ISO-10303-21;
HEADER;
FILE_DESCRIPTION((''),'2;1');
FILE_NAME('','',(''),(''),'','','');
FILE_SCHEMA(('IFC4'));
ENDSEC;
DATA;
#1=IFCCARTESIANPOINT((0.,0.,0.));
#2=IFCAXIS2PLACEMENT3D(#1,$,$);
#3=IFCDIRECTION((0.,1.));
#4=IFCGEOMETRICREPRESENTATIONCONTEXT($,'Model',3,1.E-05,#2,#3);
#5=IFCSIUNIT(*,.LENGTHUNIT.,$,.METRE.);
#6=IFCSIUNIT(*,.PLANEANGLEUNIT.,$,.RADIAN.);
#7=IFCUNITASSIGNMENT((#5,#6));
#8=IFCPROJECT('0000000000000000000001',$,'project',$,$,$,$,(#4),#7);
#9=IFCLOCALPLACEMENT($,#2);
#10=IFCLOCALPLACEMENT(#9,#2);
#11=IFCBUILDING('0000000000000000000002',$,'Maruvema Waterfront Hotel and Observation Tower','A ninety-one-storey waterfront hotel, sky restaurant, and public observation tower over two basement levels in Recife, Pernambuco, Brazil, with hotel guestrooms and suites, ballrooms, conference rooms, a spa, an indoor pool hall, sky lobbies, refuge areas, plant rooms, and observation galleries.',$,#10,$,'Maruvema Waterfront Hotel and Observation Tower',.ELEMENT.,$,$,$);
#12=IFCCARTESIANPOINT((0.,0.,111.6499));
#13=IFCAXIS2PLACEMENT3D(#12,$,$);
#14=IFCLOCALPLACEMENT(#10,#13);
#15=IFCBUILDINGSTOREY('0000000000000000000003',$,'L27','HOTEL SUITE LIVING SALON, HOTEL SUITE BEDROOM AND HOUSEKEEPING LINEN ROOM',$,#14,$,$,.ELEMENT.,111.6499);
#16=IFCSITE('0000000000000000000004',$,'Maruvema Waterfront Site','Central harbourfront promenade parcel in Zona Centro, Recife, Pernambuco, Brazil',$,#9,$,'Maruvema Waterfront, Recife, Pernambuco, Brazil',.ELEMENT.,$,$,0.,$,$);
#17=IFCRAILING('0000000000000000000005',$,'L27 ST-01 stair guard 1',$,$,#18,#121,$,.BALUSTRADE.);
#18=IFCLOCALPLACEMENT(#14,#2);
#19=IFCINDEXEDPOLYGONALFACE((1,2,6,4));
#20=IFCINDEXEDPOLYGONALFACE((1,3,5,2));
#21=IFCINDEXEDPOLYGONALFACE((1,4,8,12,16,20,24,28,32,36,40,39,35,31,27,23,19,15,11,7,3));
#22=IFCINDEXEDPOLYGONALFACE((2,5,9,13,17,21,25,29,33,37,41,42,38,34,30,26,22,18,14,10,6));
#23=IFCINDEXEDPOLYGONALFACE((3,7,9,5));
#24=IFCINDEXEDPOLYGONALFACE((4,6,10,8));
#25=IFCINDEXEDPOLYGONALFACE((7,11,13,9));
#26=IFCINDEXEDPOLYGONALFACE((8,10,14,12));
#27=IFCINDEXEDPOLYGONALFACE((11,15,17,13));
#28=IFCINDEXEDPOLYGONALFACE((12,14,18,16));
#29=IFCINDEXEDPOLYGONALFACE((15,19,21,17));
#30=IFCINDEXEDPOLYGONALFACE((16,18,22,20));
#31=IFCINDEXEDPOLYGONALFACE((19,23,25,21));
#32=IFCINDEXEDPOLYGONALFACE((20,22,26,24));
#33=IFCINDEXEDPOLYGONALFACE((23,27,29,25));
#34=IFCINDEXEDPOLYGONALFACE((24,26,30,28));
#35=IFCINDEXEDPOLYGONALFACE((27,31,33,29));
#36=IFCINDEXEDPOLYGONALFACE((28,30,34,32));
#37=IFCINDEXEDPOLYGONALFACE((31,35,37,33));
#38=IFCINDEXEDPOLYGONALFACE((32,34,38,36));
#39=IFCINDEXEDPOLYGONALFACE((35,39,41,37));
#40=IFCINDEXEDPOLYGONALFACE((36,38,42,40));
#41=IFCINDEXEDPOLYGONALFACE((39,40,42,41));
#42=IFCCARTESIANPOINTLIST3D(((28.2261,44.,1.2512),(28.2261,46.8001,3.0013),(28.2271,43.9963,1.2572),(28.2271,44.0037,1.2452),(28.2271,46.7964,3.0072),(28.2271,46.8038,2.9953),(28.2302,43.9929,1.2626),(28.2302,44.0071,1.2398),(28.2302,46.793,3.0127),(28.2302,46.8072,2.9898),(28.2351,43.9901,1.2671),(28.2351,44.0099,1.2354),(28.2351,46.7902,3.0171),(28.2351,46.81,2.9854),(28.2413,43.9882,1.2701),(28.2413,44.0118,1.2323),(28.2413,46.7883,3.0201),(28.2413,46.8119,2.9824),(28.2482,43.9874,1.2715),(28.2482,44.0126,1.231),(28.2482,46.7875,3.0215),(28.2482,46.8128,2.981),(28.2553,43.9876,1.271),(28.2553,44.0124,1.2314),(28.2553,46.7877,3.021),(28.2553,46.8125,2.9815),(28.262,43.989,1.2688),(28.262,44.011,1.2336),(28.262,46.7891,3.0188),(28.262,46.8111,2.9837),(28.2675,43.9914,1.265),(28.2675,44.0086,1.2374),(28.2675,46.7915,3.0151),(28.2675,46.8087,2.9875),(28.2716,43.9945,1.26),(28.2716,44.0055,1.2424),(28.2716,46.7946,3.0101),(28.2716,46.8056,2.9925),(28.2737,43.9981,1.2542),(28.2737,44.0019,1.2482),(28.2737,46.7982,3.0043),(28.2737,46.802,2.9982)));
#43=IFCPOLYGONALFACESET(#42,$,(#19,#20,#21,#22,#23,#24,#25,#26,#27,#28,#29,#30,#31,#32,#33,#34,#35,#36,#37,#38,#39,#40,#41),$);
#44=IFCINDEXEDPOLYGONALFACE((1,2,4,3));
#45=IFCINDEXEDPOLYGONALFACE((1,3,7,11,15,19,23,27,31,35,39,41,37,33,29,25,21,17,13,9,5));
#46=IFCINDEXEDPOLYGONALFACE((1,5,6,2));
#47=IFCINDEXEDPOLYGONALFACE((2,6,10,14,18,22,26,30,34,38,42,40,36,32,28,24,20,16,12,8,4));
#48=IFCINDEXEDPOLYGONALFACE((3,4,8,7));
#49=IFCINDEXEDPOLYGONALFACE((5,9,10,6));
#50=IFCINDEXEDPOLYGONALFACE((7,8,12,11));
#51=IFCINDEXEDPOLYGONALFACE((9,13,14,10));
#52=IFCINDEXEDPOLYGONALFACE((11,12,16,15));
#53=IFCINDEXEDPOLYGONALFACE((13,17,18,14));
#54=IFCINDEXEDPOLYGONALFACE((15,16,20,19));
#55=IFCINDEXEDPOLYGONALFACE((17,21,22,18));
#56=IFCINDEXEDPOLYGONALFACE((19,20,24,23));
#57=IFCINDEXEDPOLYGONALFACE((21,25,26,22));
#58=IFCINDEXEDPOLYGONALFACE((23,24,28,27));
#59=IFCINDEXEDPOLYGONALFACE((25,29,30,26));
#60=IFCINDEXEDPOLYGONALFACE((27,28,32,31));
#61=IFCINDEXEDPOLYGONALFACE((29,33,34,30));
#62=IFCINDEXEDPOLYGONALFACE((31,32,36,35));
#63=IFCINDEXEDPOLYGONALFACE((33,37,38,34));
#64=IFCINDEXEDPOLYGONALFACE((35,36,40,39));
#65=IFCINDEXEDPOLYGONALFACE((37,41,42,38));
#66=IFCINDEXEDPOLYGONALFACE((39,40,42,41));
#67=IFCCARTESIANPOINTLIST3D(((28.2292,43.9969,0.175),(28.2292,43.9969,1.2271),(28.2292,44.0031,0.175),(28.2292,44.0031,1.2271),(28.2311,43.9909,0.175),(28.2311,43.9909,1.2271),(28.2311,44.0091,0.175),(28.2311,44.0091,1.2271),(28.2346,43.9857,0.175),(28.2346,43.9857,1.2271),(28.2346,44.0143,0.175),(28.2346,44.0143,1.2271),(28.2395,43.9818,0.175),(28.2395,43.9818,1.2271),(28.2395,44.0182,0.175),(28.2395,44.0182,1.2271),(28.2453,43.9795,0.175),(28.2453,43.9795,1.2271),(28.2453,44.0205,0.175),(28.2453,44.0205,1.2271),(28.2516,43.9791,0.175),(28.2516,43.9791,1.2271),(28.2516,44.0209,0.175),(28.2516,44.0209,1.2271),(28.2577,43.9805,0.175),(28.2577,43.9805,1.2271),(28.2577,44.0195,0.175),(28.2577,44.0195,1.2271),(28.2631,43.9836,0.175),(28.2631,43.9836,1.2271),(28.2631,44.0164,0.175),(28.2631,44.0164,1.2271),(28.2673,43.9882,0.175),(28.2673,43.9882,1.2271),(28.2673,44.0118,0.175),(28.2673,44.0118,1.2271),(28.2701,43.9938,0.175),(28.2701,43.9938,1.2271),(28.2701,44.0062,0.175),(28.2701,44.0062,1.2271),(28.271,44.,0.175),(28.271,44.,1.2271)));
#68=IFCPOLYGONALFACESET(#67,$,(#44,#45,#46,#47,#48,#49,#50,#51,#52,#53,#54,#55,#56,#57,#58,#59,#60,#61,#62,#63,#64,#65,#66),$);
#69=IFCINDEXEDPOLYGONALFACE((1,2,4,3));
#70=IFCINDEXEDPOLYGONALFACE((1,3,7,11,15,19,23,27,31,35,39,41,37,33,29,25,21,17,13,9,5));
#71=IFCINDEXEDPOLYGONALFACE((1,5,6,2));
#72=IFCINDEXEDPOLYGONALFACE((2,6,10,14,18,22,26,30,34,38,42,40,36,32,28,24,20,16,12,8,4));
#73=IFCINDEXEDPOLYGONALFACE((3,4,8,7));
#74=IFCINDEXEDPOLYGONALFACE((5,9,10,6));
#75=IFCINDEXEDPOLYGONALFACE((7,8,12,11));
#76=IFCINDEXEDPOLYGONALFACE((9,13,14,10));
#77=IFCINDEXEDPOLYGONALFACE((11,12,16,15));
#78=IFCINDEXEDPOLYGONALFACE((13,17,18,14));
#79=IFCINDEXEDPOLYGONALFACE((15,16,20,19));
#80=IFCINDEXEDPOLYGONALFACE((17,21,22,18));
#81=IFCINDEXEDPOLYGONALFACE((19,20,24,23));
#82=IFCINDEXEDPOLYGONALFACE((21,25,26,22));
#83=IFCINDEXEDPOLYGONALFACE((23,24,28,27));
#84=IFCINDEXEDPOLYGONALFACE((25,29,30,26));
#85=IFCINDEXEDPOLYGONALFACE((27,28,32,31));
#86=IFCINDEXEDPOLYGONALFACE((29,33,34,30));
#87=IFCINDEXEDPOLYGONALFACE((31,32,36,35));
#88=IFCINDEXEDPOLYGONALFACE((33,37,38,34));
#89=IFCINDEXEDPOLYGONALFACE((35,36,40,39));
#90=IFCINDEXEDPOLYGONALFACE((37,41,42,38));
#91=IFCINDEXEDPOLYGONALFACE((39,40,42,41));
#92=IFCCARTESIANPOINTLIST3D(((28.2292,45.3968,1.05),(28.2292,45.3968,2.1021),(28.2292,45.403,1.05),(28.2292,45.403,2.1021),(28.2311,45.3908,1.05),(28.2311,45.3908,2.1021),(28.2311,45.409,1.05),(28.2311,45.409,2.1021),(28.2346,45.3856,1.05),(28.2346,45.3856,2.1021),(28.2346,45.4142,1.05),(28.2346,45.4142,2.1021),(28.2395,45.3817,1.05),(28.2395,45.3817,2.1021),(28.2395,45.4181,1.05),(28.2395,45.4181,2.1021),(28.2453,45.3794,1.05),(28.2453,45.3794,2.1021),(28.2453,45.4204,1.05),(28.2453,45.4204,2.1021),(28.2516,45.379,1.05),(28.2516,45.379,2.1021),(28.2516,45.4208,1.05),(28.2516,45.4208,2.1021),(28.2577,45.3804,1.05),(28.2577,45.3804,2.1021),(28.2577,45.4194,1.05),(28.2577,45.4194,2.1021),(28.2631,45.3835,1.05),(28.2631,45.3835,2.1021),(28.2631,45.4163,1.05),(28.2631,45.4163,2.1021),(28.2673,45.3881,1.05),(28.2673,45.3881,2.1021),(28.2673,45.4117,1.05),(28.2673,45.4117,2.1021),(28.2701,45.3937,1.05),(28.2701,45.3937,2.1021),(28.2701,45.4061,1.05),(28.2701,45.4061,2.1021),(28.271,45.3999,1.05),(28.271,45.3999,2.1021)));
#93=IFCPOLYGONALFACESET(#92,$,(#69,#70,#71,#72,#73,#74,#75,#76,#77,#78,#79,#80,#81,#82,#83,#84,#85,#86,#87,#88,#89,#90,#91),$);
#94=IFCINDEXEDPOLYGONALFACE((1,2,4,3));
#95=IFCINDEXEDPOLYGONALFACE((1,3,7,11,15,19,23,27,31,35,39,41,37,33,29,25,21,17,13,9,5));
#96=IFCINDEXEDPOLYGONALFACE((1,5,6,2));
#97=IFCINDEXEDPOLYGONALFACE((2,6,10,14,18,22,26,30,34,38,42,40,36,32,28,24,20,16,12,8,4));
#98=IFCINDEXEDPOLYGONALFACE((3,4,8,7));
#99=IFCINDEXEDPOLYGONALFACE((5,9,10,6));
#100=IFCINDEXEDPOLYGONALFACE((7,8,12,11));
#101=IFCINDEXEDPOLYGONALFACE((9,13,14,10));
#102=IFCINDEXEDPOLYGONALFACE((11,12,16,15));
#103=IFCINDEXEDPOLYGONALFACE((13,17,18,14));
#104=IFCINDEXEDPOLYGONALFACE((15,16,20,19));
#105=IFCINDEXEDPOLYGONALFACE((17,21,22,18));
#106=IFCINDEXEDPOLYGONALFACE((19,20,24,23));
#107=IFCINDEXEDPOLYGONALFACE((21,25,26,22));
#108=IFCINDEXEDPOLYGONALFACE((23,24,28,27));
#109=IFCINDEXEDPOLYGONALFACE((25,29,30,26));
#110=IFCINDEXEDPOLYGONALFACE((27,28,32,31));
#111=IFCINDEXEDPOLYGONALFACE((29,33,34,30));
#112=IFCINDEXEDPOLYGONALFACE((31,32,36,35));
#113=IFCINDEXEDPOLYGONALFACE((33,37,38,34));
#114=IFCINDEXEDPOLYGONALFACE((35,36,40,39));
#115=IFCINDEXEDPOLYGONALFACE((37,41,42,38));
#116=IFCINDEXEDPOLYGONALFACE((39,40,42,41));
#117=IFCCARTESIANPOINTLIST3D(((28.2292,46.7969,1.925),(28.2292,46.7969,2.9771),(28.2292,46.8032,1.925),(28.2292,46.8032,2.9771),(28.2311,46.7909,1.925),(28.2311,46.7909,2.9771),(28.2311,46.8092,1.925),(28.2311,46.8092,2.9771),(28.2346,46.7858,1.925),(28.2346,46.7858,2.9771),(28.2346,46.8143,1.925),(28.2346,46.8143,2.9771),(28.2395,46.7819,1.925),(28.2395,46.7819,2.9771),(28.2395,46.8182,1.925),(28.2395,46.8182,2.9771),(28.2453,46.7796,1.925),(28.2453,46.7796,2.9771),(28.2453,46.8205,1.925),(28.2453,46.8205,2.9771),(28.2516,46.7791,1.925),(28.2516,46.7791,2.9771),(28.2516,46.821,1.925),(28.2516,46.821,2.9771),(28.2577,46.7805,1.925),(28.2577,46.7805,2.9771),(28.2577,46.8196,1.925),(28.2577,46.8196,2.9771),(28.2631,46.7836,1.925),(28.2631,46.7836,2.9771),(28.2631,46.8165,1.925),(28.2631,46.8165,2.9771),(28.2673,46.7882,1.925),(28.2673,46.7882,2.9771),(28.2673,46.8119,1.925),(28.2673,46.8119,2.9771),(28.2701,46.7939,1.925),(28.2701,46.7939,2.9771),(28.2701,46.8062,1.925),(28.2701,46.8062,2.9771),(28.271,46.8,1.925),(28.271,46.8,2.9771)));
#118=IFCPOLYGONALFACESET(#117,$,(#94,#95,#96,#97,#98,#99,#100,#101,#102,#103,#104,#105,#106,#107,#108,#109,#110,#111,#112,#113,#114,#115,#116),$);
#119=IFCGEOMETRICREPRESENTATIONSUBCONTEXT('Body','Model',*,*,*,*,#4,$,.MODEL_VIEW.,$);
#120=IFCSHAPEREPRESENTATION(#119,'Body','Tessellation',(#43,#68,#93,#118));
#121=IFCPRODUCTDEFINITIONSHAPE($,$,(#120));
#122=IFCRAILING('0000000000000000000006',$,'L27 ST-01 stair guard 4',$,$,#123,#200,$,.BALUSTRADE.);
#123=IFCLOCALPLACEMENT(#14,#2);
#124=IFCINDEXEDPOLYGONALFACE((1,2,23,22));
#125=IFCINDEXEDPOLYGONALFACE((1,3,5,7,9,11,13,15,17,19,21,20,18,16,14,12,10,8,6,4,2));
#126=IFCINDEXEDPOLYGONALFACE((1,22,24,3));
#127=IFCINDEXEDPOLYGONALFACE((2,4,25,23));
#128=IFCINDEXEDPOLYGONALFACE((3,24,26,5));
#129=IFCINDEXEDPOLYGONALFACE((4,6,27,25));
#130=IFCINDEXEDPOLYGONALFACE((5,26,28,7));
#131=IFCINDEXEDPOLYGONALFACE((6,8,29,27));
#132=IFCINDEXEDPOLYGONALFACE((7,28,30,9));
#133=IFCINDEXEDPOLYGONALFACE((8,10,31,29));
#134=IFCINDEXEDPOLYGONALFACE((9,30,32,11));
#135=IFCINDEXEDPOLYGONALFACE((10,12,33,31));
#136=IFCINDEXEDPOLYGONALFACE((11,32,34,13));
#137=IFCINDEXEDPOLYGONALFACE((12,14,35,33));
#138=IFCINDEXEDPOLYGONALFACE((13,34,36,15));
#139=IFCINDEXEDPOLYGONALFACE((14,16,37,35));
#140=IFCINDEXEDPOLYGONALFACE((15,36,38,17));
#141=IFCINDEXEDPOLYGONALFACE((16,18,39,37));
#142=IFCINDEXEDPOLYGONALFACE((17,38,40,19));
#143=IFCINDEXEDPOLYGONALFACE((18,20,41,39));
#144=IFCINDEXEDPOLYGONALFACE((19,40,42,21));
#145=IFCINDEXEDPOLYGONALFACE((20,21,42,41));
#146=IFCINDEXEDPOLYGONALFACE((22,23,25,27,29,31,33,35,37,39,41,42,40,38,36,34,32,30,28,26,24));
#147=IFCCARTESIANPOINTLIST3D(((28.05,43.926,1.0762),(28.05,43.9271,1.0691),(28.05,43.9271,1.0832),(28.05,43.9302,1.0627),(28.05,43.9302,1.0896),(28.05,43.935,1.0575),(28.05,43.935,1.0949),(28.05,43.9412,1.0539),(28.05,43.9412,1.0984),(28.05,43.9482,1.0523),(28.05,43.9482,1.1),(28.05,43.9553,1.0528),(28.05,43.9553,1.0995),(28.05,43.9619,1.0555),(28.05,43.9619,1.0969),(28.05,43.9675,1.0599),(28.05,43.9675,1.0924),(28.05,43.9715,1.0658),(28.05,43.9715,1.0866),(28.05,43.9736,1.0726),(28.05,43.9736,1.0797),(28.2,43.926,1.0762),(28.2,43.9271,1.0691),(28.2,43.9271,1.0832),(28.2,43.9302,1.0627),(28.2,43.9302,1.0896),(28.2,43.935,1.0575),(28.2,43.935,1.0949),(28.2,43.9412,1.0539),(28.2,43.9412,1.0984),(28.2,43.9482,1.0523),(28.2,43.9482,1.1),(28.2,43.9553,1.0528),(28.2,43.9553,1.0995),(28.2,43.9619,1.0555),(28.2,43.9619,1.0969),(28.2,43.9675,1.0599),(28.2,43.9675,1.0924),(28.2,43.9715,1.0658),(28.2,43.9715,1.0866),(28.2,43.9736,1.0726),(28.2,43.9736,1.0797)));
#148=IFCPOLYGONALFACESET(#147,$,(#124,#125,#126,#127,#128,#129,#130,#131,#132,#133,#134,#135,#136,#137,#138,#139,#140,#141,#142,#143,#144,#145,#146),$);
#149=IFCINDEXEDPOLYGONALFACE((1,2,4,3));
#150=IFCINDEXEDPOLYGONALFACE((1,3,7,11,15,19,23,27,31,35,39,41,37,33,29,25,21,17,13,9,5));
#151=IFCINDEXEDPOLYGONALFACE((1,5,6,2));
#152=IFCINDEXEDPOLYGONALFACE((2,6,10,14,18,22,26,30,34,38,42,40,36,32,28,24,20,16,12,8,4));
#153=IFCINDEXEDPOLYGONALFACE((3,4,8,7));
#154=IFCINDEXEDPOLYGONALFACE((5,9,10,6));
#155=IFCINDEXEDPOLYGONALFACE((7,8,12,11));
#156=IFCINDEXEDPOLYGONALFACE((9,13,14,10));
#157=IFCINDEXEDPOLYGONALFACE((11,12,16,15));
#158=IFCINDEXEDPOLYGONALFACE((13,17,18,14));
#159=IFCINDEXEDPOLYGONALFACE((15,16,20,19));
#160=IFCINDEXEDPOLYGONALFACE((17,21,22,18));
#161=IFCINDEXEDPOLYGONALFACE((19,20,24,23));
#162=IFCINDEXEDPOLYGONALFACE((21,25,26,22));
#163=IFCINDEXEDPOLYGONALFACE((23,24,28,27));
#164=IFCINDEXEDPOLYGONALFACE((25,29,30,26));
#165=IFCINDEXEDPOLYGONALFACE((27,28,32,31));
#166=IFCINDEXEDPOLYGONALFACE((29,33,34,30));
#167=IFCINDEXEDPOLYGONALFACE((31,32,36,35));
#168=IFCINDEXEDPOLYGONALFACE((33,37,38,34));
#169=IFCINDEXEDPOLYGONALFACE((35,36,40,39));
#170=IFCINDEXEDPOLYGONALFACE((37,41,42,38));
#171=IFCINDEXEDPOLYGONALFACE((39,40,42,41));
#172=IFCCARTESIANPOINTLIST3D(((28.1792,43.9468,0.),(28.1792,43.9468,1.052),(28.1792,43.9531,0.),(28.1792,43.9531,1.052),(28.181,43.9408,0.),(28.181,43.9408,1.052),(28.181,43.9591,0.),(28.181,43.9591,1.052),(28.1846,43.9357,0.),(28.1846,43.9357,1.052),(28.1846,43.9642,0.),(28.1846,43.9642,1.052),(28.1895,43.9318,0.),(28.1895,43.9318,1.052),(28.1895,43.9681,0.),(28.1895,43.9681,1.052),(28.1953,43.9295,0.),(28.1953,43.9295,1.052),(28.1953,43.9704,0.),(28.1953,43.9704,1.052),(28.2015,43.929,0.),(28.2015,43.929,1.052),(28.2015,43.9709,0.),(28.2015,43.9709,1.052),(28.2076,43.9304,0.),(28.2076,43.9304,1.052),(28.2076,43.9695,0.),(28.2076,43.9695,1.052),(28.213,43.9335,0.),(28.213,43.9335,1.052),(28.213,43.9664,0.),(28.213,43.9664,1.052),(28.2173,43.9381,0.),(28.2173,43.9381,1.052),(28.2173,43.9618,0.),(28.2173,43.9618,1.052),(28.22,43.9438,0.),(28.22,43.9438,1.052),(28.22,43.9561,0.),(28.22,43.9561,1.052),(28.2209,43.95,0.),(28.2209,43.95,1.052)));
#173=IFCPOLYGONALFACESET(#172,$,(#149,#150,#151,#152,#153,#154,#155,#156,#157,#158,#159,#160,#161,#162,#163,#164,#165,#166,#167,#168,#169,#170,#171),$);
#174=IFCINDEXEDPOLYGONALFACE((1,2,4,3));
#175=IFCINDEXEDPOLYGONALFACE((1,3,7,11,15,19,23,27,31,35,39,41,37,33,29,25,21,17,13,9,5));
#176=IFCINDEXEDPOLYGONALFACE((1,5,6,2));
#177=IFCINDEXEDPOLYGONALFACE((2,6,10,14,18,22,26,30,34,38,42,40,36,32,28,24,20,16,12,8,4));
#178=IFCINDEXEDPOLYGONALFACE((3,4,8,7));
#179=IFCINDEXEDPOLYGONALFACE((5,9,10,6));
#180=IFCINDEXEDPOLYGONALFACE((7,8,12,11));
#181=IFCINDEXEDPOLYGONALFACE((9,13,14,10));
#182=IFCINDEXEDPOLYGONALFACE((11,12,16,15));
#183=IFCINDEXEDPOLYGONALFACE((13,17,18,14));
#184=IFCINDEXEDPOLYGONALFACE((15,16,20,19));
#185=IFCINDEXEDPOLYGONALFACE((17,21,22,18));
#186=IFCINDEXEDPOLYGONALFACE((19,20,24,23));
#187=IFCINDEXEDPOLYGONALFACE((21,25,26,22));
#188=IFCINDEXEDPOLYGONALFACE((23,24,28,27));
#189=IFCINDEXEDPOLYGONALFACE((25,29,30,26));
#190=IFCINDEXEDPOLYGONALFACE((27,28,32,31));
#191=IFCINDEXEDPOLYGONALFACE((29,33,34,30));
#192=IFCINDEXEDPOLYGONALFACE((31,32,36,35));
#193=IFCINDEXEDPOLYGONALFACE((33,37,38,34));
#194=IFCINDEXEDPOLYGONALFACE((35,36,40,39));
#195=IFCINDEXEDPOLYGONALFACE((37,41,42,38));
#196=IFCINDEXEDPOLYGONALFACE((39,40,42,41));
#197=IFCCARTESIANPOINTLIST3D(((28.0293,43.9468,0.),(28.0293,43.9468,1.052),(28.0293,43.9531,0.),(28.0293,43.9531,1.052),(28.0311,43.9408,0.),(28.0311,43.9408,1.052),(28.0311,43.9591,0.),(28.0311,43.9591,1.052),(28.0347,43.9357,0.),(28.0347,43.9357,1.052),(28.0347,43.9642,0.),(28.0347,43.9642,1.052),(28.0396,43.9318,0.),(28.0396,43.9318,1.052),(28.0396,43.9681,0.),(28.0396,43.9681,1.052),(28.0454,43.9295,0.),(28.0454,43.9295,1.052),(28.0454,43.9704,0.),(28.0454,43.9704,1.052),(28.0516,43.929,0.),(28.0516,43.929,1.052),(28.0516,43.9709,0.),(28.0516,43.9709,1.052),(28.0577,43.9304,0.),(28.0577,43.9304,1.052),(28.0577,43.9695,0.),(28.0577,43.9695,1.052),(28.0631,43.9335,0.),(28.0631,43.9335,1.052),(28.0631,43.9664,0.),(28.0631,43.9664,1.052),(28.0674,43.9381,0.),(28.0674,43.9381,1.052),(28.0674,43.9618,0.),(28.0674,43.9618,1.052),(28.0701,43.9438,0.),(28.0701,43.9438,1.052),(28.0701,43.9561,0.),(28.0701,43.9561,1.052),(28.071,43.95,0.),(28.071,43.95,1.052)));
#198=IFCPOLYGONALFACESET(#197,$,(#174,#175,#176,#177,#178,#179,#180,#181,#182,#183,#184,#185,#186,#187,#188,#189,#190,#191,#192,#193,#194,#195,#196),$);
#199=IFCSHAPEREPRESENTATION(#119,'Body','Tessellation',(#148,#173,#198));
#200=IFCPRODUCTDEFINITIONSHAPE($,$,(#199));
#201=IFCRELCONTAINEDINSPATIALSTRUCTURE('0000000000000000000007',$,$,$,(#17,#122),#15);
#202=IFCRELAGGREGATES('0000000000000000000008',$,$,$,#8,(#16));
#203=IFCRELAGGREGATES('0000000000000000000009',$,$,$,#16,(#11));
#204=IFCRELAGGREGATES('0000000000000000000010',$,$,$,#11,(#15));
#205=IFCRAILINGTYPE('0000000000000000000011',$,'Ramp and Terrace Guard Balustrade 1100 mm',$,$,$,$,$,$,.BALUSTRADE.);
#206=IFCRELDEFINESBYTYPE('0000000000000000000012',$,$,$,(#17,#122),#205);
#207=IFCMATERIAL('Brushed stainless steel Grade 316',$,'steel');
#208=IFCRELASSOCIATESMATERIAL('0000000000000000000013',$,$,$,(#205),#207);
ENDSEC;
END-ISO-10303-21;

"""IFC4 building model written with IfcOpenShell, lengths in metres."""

from ifc_helpers import new_model, si_unit, direction, frame, origin, origin_2d, place, context, subcontext, project, spatial, circle, extrude, material, type_object, element, save


model = new_model("IFC4")

# Units and contexts
model_context = context("Model", 3, precision=1e-05, world=origin(), true_north=direction((0.0, 1.0)))
body_context = subcontext(model_context, "Body", "Model", "MODEL_VIEW")
ifc_project = project(units=[si_unit("LENGTHUNIT", "METRE"), si_unit("PLANEANGLEUNIT", "RADIAN")], contexts=[model_context])

# Site, building, storey
site_placement = place(None, origin())
site = spatial("IfcSite", under=ifc_project, at=site_placement, Name="Maruvema Waterfront Site", Description="Central harbourfront promenade parcel in Zona Centro, Recife, Pernambuco, Brazil", LongName="Maruvema Waterfront, Recife, Pernambuco, Brazil", CompositionType="ELEMENT", RefElevation=0.0)
building_placement = place(site_placement, origin())
building = spatial("IfcBuilding", under=site, at=building_placement, Name="Maruvema Waterfront Hotel and Observation Tower", Description="A ninety-one-storey waterfront hotel, sky restaurant, and public observation tower over two basement levels in Recife, Pernambuco, Brazil, with hotel guestrooms and suites, ballrooms, conference rooms, a spa, an indoor pool hall, sky lobbies, refuge areas, plant rooms, and observation galleries.", LongName="Maruvema Waterfront Hotel and Observation Tower", CompositionType="ELEMENT")
storey_placement = place(building_placement, frame((0.0, 0.0, 111.6499)))
storey = spatial("IfcBuildingStorey", under=building, at=storey_placement, Name="L27", Description="HOTEL SUITE LIVING SALON, HOTEL SUITE BEDROOM AND HOUSEKEEPING LINEN ROOM", CompositionType="ELEMENT", Elevation=111.6499)

# Railings
ifc_material_1 = material(Name="Brushed stainless steel Grade 316", Category="steel")
railing_type = type_object("IfcRailingType", Name="Ramp and Terrace Guard Balustrade 1100 mm", PredefinedType="BALUSTRADE", material=ifc_material_1)
railing_1_placement = place(storey_placement, frame((28.25, 44.0, 0.175)))
element("IfcRailing", 1, at=railing_1_placement, inside=storey, type_object=railing_type, Name="L27 ST-01 stair guard 1", PredefinedType="BALUSTRADE", context=body_context, shape_type="SweptSolid", body=[
    extrude(circle(Radius=0.0239, at=origin_2d()), frame((0.0, 0.0, 1.0762), z_axis=(0.0, 0.848002, 0.529992), x_axis=(-1.0, 0.0, 0.0)), (0.0, 0.0, 1.0), 3.302),
    extrude(circle(Radius=0.021, at=origin_2d()), origin(), (0.0, 0.0, 1.0), 1.052),
    extrude(circle(Radius=0.021, at=origin_2d()), frame((0.0, 1.3999, 0.875)), (0.0, 0.0, 1.0), 1.052),
    extrude(circle(Radius=0.021, at=origin_2d()), frame((0.0, 2.8, 1.75)), (0.0, 0.0, 1.0), 1.052),
])
railing_2_placement = place(storey_placement, frame((28.2, 43.95, 0.0)))
element("IfcRailing", 2, at=railing_2_placement, inside=storey, type_object=railing_type, Name="L27 ST-01 stair guard 4", PredefinedType="BALUSTRADE", context=body_context, shape_type="SweptSolid", body=[
    extrude(circle(Radius=0.0239, at=origin_2d()), frame((0.0, 0.0, 1.0762), z_axis=(-1.0, 0.0, 0.0), x_axis=(0.0, -1.0, 0.0)), (0.0, 0.0, 1.0), 0.1499),
    extrude(circle(Radius=0.021, at=origin_2d()), origin(), (0.0, 0.0, 1.0), 1.052),
    extrude(circle(Radius=0.021, at=origin_2d()), frame((-0.1499, 0.0, 0.0)), (0.0, 0.0, 1.0), 1.052),
])

save(model, "model.ifc")
